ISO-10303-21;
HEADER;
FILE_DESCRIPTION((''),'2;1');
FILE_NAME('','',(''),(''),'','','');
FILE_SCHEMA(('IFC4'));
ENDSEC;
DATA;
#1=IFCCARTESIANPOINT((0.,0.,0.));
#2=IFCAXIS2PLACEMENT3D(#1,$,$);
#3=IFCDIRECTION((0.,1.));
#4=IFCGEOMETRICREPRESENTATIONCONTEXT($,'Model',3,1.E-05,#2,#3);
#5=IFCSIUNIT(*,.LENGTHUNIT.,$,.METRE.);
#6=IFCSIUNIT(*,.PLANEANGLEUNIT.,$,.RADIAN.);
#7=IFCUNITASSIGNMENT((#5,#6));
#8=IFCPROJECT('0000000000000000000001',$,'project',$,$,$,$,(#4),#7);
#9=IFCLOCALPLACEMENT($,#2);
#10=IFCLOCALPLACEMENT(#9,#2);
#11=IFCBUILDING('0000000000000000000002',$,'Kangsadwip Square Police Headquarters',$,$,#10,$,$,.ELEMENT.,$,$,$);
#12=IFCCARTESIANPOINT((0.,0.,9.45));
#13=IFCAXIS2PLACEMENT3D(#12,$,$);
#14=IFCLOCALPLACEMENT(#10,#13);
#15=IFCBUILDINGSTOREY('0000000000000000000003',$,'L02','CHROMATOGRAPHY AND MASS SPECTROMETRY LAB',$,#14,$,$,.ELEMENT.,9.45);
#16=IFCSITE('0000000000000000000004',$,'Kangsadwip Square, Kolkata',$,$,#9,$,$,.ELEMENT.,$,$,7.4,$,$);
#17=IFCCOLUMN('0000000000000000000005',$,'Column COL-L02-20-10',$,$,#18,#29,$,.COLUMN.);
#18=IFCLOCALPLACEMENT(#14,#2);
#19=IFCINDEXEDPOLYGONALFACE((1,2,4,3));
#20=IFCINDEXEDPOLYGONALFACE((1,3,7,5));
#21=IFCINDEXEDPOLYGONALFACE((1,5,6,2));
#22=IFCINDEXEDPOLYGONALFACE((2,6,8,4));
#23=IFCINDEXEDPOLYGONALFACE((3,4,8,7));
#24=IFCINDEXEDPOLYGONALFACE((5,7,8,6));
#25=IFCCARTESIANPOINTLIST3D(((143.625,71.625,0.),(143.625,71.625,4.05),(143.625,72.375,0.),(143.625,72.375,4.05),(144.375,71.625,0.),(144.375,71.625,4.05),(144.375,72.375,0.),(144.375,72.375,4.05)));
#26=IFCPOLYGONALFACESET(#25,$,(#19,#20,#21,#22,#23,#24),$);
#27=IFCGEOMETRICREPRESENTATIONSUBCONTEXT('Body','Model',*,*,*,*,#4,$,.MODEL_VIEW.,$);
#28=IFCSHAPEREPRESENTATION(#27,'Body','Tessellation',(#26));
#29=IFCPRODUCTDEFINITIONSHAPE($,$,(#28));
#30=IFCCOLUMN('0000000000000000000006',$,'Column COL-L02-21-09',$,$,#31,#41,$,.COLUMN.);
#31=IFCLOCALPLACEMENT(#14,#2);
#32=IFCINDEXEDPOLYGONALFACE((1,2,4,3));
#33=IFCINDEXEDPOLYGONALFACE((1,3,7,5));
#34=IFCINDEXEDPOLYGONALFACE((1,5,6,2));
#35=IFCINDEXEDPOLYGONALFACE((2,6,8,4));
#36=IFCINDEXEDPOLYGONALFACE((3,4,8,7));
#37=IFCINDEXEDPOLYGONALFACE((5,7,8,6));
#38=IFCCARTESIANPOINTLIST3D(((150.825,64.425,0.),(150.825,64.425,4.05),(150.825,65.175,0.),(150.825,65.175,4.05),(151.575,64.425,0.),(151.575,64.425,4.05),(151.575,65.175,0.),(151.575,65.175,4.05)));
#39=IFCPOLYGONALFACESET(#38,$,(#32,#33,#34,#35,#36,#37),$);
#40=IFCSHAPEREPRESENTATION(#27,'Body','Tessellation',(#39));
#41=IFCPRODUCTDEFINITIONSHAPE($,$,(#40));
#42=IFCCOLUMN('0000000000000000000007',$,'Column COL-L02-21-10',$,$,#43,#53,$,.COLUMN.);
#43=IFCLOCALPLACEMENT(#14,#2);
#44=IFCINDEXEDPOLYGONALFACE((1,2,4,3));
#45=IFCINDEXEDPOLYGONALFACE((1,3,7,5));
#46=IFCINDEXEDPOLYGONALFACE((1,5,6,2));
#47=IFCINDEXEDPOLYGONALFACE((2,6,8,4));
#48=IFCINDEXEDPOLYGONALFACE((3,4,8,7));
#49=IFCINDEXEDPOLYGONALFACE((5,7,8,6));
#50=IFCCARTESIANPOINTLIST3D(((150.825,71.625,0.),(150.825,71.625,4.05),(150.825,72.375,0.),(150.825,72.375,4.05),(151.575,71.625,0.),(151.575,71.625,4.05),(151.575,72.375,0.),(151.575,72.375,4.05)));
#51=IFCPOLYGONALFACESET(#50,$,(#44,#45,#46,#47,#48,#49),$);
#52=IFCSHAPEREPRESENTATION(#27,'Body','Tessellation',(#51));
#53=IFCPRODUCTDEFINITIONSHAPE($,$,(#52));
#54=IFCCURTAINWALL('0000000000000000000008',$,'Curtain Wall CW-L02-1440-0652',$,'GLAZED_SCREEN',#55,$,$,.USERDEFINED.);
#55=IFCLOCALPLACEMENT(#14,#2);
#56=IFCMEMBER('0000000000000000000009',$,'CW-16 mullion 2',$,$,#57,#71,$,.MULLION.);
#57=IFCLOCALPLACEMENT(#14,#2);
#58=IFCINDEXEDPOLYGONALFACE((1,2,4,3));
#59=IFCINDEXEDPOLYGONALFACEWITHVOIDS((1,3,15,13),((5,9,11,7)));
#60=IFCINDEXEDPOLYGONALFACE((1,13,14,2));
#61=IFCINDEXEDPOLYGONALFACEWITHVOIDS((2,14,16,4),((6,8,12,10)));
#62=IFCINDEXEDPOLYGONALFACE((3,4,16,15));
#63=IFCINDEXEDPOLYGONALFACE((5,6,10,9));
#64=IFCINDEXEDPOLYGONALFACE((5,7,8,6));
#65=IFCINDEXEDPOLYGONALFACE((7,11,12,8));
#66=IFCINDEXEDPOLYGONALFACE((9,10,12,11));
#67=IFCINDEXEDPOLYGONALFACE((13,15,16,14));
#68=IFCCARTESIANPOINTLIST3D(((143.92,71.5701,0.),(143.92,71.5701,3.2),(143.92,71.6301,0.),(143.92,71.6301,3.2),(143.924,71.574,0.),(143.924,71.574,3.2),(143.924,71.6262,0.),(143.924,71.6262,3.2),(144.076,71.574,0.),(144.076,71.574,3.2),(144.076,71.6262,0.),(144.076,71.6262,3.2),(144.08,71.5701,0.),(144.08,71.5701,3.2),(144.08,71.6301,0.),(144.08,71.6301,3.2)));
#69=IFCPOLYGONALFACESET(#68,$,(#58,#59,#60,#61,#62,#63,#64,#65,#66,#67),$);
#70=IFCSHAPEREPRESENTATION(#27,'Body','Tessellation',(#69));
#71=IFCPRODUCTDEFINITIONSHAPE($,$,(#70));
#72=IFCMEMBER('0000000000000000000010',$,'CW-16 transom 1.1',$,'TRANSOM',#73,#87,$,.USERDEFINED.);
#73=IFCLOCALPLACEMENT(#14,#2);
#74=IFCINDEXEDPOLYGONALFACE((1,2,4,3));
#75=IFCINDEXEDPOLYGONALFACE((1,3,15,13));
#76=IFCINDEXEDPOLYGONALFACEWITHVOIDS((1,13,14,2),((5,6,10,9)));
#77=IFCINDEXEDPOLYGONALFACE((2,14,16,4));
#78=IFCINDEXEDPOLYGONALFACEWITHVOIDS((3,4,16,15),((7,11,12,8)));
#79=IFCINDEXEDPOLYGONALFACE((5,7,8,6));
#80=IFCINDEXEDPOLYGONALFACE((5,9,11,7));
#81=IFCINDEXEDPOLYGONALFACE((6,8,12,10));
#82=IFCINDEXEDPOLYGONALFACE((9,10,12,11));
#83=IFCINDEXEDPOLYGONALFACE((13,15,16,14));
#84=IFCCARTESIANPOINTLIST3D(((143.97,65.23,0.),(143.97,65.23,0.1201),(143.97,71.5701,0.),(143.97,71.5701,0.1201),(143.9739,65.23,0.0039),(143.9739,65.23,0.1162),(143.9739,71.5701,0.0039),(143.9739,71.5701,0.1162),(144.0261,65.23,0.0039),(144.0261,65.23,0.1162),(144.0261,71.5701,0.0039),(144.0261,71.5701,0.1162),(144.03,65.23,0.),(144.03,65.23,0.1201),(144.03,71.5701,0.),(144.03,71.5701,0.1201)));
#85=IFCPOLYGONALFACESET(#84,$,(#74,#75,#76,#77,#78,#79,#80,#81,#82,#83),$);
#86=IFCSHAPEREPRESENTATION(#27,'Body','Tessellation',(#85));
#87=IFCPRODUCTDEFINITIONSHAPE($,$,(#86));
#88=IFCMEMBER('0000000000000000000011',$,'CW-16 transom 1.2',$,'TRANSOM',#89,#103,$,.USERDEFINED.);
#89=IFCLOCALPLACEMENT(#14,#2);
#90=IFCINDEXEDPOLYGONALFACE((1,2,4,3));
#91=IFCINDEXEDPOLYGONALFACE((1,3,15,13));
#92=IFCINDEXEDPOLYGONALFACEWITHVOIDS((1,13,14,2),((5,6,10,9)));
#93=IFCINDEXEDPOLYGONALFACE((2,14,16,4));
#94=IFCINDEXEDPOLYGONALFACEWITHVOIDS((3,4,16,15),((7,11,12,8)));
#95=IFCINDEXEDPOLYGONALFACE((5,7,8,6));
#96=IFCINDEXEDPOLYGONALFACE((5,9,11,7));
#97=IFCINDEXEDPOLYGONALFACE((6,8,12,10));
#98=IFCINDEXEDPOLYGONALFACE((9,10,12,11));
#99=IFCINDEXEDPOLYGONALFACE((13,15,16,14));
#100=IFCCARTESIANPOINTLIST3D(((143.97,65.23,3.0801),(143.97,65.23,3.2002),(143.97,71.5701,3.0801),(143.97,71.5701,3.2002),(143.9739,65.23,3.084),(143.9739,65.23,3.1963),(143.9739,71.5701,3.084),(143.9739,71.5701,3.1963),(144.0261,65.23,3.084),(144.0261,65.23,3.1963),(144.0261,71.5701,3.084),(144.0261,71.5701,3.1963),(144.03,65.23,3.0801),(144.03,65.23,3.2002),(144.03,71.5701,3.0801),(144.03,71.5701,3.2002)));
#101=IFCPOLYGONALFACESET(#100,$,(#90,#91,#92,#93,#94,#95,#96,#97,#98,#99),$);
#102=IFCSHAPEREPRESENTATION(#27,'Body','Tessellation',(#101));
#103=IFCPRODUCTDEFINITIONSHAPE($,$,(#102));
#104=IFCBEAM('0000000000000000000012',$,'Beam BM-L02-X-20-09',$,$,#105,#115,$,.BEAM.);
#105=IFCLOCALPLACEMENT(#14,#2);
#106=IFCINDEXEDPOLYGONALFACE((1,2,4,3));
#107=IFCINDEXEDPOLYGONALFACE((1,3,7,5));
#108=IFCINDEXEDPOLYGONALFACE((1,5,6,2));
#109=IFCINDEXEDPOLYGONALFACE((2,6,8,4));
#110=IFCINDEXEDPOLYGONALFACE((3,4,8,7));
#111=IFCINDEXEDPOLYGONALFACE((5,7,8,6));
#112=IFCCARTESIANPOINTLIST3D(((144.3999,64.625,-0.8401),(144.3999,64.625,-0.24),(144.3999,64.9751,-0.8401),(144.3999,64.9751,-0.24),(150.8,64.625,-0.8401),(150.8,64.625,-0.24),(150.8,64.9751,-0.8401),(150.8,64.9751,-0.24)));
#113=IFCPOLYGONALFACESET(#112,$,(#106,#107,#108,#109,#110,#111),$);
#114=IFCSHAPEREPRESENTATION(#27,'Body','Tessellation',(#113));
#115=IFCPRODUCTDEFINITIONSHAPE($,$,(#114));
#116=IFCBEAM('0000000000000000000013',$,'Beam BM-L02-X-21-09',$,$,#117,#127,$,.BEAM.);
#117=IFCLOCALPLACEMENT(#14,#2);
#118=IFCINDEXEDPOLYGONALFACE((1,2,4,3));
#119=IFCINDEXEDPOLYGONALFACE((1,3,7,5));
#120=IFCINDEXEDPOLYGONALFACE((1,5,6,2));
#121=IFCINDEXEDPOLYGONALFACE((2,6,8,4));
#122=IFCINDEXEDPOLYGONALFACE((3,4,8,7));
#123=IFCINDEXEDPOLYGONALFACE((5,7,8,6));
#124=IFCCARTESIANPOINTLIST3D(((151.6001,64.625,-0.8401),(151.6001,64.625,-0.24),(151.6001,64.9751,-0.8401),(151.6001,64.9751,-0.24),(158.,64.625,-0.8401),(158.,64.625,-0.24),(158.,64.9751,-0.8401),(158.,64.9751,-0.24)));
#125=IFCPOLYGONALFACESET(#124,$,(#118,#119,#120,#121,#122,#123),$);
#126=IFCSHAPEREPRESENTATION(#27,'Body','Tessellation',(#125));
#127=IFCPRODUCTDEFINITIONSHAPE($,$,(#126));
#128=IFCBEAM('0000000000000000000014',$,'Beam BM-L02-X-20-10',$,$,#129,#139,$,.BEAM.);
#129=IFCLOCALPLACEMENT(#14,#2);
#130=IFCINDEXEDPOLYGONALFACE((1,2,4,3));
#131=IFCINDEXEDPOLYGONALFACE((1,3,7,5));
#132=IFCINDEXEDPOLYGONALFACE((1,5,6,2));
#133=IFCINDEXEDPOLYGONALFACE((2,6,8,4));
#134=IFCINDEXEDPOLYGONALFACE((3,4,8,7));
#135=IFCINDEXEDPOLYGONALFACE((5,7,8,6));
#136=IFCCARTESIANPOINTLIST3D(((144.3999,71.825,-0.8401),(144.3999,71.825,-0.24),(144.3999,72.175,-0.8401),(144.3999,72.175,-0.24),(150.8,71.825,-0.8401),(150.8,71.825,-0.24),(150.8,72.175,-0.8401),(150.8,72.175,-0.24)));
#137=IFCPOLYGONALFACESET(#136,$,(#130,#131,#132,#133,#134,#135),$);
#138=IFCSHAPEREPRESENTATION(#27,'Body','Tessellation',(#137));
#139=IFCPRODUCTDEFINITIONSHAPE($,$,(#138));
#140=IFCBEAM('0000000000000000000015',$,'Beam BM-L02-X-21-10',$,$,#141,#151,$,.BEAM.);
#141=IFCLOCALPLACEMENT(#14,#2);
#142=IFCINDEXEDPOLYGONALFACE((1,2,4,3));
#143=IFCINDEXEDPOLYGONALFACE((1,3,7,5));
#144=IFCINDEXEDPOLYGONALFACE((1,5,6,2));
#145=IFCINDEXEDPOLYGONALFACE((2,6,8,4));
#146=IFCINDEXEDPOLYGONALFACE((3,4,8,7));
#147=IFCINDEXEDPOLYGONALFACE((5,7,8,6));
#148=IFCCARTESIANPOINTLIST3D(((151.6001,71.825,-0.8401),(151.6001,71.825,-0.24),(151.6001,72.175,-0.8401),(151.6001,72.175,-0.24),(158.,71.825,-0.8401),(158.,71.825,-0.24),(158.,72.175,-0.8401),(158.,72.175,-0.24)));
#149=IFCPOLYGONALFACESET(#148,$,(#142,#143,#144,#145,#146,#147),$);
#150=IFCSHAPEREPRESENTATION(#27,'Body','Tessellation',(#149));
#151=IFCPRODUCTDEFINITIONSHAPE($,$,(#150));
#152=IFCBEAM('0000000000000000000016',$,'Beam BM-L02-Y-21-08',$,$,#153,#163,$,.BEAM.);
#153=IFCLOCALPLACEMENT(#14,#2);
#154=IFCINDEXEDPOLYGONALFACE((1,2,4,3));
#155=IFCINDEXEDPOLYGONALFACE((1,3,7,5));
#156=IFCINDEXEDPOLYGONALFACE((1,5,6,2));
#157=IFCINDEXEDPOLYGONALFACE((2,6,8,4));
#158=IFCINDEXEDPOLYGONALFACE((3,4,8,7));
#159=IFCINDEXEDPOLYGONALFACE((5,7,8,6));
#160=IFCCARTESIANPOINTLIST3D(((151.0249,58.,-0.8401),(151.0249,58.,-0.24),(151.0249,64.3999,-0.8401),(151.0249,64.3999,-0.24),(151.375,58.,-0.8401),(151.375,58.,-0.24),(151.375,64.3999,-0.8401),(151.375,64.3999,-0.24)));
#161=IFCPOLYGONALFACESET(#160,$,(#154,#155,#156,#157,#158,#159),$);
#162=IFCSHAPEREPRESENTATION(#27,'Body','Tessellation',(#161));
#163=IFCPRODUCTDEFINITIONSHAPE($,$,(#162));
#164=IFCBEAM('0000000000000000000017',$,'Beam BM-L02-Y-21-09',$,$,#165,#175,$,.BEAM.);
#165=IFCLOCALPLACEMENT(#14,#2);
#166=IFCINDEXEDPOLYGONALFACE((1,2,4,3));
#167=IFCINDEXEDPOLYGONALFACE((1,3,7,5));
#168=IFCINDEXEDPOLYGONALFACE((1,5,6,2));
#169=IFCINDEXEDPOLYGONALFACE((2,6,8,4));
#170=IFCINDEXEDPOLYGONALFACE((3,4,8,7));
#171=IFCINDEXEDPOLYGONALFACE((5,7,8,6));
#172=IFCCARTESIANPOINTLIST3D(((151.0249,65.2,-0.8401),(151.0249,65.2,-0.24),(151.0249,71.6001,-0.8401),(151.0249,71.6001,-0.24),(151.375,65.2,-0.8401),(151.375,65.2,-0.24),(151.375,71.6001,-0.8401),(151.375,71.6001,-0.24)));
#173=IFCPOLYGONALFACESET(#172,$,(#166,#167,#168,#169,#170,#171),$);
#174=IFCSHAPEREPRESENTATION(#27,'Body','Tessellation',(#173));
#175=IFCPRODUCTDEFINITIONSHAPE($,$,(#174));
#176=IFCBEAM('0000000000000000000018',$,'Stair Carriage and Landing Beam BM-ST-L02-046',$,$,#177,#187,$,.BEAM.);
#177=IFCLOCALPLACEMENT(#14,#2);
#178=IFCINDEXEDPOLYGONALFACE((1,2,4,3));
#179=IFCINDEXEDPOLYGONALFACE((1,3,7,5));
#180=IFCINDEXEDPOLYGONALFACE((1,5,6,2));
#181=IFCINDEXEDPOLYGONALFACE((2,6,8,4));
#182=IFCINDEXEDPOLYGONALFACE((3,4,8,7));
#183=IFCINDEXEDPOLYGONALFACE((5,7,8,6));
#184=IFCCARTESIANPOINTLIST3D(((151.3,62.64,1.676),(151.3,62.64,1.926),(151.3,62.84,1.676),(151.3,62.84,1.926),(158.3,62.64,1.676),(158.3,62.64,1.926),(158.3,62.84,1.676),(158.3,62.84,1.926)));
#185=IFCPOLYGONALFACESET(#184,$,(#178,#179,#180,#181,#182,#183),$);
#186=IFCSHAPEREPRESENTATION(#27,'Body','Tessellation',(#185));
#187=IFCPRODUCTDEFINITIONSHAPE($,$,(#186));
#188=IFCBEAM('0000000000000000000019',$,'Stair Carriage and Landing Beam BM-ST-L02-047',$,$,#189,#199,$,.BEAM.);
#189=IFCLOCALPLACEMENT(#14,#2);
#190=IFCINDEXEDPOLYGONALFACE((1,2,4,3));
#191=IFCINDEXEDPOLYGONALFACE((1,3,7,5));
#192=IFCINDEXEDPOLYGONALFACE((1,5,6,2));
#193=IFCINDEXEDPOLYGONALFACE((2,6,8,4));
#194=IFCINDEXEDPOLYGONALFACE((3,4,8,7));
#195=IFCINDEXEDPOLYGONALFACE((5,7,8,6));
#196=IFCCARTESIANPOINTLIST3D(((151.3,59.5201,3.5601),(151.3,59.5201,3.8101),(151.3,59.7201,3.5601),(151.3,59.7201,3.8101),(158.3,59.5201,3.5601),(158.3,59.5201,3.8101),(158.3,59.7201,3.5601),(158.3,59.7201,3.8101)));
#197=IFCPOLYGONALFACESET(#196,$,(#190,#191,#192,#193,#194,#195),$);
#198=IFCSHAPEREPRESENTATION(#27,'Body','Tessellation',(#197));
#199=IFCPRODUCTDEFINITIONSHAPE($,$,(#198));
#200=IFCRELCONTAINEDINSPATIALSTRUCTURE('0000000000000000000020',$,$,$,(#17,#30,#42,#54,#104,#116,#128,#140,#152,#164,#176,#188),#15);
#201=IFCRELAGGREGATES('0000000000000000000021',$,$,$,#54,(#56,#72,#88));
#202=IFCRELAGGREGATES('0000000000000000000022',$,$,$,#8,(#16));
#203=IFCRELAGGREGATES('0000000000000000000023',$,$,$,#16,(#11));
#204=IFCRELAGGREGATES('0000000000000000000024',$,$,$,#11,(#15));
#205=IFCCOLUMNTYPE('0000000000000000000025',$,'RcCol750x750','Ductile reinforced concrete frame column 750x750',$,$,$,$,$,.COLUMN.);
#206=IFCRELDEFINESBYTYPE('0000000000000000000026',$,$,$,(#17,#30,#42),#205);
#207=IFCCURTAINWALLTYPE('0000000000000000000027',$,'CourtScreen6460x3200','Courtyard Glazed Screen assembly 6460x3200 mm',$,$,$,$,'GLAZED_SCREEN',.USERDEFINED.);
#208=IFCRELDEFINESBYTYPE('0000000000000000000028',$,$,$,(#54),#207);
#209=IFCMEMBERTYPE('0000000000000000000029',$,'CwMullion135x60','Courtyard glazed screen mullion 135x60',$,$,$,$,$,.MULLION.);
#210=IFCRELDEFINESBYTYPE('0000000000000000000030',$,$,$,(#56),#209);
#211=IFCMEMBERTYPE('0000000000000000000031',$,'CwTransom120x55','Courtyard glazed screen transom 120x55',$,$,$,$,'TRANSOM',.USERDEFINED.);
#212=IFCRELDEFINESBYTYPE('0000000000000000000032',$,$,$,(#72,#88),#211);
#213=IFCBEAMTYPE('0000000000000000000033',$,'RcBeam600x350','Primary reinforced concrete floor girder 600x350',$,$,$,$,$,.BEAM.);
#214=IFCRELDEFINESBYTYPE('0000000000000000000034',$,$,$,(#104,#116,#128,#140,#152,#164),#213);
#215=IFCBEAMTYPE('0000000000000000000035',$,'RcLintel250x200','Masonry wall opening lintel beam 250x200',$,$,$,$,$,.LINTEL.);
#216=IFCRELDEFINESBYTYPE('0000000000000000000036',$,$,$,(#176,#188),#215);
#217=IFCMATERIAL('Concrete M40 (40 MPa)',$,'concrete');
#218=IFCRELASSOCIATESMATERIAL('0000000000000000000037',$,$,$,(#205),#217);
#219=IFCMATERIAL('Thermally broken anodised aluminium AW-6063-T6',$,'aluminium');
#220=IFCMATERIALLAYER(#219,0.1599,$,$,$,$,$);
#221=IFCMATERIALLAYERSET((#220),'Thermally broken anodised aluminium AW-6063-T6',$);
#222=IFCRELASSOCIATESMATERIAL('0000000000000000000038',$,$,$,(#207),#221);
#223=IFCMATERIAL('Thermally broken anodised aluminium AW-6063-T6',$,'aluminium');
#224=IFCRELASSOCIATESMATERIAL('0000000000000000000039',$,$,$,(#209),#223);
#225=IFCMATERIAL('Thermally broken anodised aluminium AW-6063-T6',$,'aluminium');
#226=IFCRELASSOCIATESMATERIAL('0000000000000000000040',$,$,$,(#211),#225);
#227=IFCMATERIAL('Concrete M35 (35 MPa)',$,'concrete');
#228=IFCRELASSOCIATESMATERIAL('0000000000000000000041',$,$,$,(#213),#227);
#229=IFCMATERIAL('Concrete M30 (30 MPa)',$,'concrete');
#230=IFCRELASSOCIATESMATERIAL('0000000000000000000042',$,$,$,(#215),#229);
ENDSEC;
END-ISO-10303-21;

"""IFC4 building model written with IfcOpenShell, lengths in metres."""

from ifc_helpers import new_model, si_unit, direction, frame, origin, origin_2d, place, context, subcontext, project, spatial, rectangle, hollow_rectangle, extrude, material, layer, layer_set, material_profile, profile_set, type_object, element, aggregate, save


model = new_model("IFC4")

# Units and contexts
model_context = context("Model", 3, precision=1e-05, world=origin(), true_north=direction((0.0, 1.0)))
body_context = subcontext(model_context, "Body", "Model", "MODEL_VIEW")
ifc_project = project(units=[si_unit("LENGTHUNIT", "METRE"), si_unit("PLANEANGLEUNIT", "RADIAN")], contexts=[model_context])

# Site, building, storey
site_placement = place(None, origin())
site = spatial("IfcSite", under=ifc_project, at=site_placement, Name="Kangsadwip Square, Kolkata", CompositionType="ELEMENT", RefElevation=7.4)
building_placement = place(site_placement, origin())
building = spatial("IfcBuilding", under=site, at=building_placement, Name="Kangsadwip Square Police Headquarters", CompositionType="ELEMENT")
storey_placement = place(building_placement, frame((0.0, 0.0, 9.45)))
storey = spatial("IfcBuildingStorey", under=building, at=storey_placement, Name="L02", Description="CHROMATOGRAPHY AND MASS SPECTROMETRY LAB", CompositionType="ELEMENT", Elevation=9.45)

# Columns
ifc_material_1 = material(Name="Concrete M40 (40 MPa)", Category="concrete")
ifc_material_profile_1 = material_profile(ifc_material_1, rectangle(XDim=0.75, YDim=0.75, at=origin_2d()), Name="RC COL 750X750")
ifc_profile_set_1 = profile_set([ifc_material_profile_1], Name="Concrete M40 (40 MPa)")
column_type = type_object("IfcColumnType", Name="RcCol750x750", Description="Ductile reinforced concrete frame column 750x750", PredefinedType="COLUMN", material=ifc_profile_set_1)
for number, where, z_axis, x_axis, name in (
    (1, (144.0, 72.0, 0.0), (0.0, 0.0, 1.0), (1.0, 0.0, 0.0), "Column COL-L02-20-10"),
    (2, (151.2, 64.8, 0.0), (0.0, 0.0, 1.0), (1.0, 0.0, 0.0), "Column COL-L02-21-09"),
    (3, (151.2, 72.0, 0.0), (0.0, 0.0, 1.0), (1.0, 0.0, 0.0), "Column COL-L02-21-10"),
):
    element("IfcColumn", number, at=place(storey_placement, frame(where, z_axis=z_axis, x_axis=x_axis)), inside=storey, type_object=column_type, Name=name, PredefinedType="COLUMN", context=body_context, shape_type="SweptSolid", body=[
        extrude(rectangle(XDim=0.75, YDim=0.75, at=origin_2d()), origin(), (0.0, 0.0, 1.0), 4.05),
    ])

# Curtain wall, members
ifc_material_2 = material(Name="Thermally broken anodised aluminium AW-6063-T6", Category="aluminium")
ifc_layer_1 = layer(ifc_material_2, 0.1599)
ifc_layer_set_1 = layer_set([ifc_layer_1], Name="Thermally broken anodised aluminium AW-6063-T6")
curtain_wall_type = type_object("IfcCurtainWallType", Name="CourtScreen6460x3200", Description="Courtyard Glazed Screen assembly 6460x3200 mm", ElementType="GLAZED_SCREEN", PredefinedType="USERDEFINED", material=ifc_layer_set_1)
curtain_wall_placement = place(storey_placement, origin())
curtain_wall = element("IfcCurtainWall", 4, at=curtain_wall_placement, inside=storey, type_object=curtain_wall_type, Name="Curtain Wall CW-L02-1440-0652", ObjectType="GLAZED_SCREEN", PredefinedType="USERDEFINED")
ifc_material_3 = material(Name="Thermally broken anodised aluminium AW-6063-T6", Category="aluminium")
ifc_material_profile_2 = material_profile(ifc_material_3, hollow_rectangle(XDim=0.0601, YDim=0.1599, WallThickness=0.0039, at=origin_2d()), Name="CWM 160X60X4")
ifc_profile_set_2 = profile_set([ifc_material_profile_2], Name="Thermally broken anodised aluminium AW-6063-T6")
member_type_1 = type_object("IfcMemberType", Name="CwMullion135x60", Description="Courtyard glazed screen mullion 135x60", PredefinedType="MULLION", material=ifc_profile_set_2)
member_1_placement = place(storey_placement, frame((144.0, 71.6001, 0.0), z_axis=(0.0, 0.0, 1.0), x_axis=(0.0, 1.0, 0.0)))
member_1 = element("IfcMember", 5, at=member_1_placement, type_object=member_type_1, Name="CW-16 mullion 2", PredefinedType="MULLION", context=body_context, shape_type="SweptSolid", body=[
    extrude(hollow_rectangle(XDim=0.0601, YDim=0.1599, WallThickness=0.0039, at=origin_2d()), origin(), (0.0, 0.0, 1.0), 3.2),
])
ifc_material_4 = material(Name="Thermally broken anodised aluminium AW-6063-T6", Category="aluminium")
ifc_material_profile_3 = material_profile(ifc_material_4, hollow_rectangle(XDim=0.0601, YDim=0.1201, WallThickness=0.0039, at=origin_2d()), Name="CWT 120X60X4")
ifc_profile_set_3 = profile_set([ifc_material_profile_3], Name="Thermally broken anodised aluminium AW-6063-T6")
member_type_2 = type_object("IfcMemberType", Name="CwTransom120x55", Description="Courtyard glazed screen transom 120x55", ElementType="TRANSOM", PredefinedType="USERDEFINED", material=ifc_profile_set_3)
member_2_placement = place(storey_placement, frame((144.0, 65.23, 0.0601), z_axis=(0.0, 1.0, 0.0), x_axis=(-1.0, 0.0, 0.0)))
member_2 = element("IfcMember", 6, at=member_2_placement, type_object=member_type_2, Name="CW-16 transom 1.1", ObjectType="TRANSOM", PredefinedType="USERDEFINED", context=body_context, shape_type="SweptSolid", body=[
    extrude(hollow_rectangle(XDim=0.0601, YDim=0.1201, WallThickness=0.0039, at=origin_2d()), origin(), (0.0, 0.0, 1.0), 6.3401),
])
member_3_placement = place(storey_placement, frame((144.0, 65.23, 3.1401), z_axis=(0.0, 1.0, 0.0), x_axis=(-1.0, 0.0, 0.0)))
member_3 = element("IfcMember", 7, at=member_3_placement, type_object=member_type_2, Name="CW-16 transom 1.2", ObjectType="TRANSOM", PredefinedType="USERDEFINED", context=body_context, shape_type="SweptSolid", body=[
    extrude(hollow_rectangle(XDim=0.0601, YDim=0.1201, WallThickness=0.0039, at=origin_2d()), origin(), (0.0, 0.0, 1.0), 6.3401),
])

# Beams
ifc_material_5 = material(Name="Concrete M35 (35 MPa)", Category="concrete")
ifc_material_profile_4 = material_profile(ifc_material_5, rectangle(XDim=0.3501, YDim=0.6001, at=origin_2d()), Name="RC BM 600X350")
ifc_profile_set_4 = profile_set([ifc_material_profile_4], Name="Concrete M35 (35 MPa)")
beam_type_1 = type_object("IfcBeamType", Name="RcBeam600x350", Description="Primary reinforced concrete floor girder 600x350", PredefinedType="BEAM", material=ifc_profile_set_4)
beam_1_placement = place(storey_placement, frame((144.3999, 64.8, -0.54), z_axis=(1.0, 0.0, 0.0), x_axis=(0.0, 1.0, 0.0)))
element("IfcBeam", 8, at=beam_1_placement, inside=storey, type_object=beam_type_1, Name="Beam BM-L02-X-20-09", PredefinedType="BEAM", context=body_context, shape_type="SweptSolid", body=[
    extrude(rectangle(XDim=0.3501, YDim=0.6001, at=origin_2d()), origin(), (0.0, 0.0, 1.0), 6.4001),
])
beam_2_placement = place(storey_placement, frame((151.6001, 64.8, -0.54), z_axis=(1.0, 0.0, 0.0), x_axis=(0.0, 1.0, 0.0)))
element("IfcBeam", 9, at=beam_2_placement, inside=storey, type_object=beam_type_1, Name="Beam BM-L02-X-21-09", PredefinedType="BEAM", context=body_context, shape_type="SweptSolid", body=[
    extrude(rectangle(XDim=0.3501, YDim=0.6001, at=origin_2d()), origin(), (0.0, 0.0, 1.0), 6.3999),
])
beam_3_placement = place(storey_placement, frame((144.3999, 72.0, -0.54), z_axis=(1.0, 0.0, 0.0), x_axis=(0.0, 1.0, 0.0)))
element("IfcBeam", 10, at=beam_3_placement, inside=storey, type_object=beam_type_1, Name="Beam BM-L02-X-20-10", PredefinedType="BEAM", context=body_context, shape_type="SweptSolid", body=[
    extrude(rectangle(XDim=0.3501, YDim=0.6001, at=origin_2d()), origin(), (0.0, 0.0, 1.0), 6.4001),
])
for number, where, z_axis, x_axis, name in (
    (11, (151.6001, 72.0, -0.54), (1.0, 0.0, 0.0), (0.0, 1.0, 0.0), "Beam BM-L02-X-21-10"),
    (12, (151.2, 58.0, -0.54), (0.0, 1.0, 0.0), (-1.0, 0.0, 0.0), "Beam BM-L02-Y-21-08"),
):
    element("IfcBeam", number, at=place(storey_placement, frame(where, z_axis=z_axis, x_axis=x_axis)), inside=storey, type_object=beam_type_1, Name=name, PredefinedType="BEAM", context=body_context, shape_type="SweptSolid", body=[
        extrude(rectangle(XDim=0.3501, YDim=0.6001, at=origin_2d()), origin(), (0.0, 0.0, 1.0), 6.3999),
    ])
beam_4_placement = place(storey_placement, frame((151.2, 65.2, -0.54), z_axis=(0.0, 1.0, 0.0), x_axis=(-1.0, 0.0, 0.0)))
element("IfcBeam", 13, at=beam_4_placement, inside=storey, type_object=beam_type_1, Name="Beam BM-L02-Y-21-09", PredefinedType="BEAM", context=body_context, shape_type="SweptSolid", body=[
    extrude(rectangle(XDim=0.3501, YDim=0.6001, at=origin_2d()), origin(), (0.0, 0.0, 1.0), 6.4001),
])
ifc_material_6 = material(Name="Concrete M30 (30 MPa)", Category="concrete")
ifc_material_profile_5 = material_profile(ifc_material_6, rectangle(XDim=0.2, YDim=0.25, at=origin_2d()), Name="RC LNT 250X200")
ifc_profile_set_5 = profile_set([ifc_material_profile_5], Name="Concrete M30 (30 MPa)")
beam_type_2 = type_object("IfcBeamType", Name="RcLintel250x200", Description="Masonry wall opening lintel beam 250x200", PredefinedType="LINTEL", material=ifc_profile_set_5)
for number, where, z_axis, x_axis, name in (
    (14, (151.3, 62.74, 1.801), (1.0, 0.0, 0.0), (0.0, 1.0, 0.0), "Stair Carriage and Landing Beam BM-ST-L02-046"),
    (15, (151.3, 59.6201, 3.6851), (1.0, 0.0, 0.0), (0.0, 1.0, 0.0), "Stair Carriage and Landing Beam BM-ST-L02-047"),
):
    element("IfcBeam", number, at=place(storey_placement, frame(where, z_axis=z_axis, x_axis=x_axis)), inside=storey, type_object=beam_type_2, Name=name, PredefinedType="BEAM", context=body_context, shape_type="SweptSolid", body=[
        extrude(rectangle(XDim=0.2, YDim=0.25, at=origin_2d()), origin(), (0.0, 0.0, 1.0), 7.0),
    ])

aggregate(curtain_wall, [member_1, member_2, member_3])

save(model, "model.ifc")
